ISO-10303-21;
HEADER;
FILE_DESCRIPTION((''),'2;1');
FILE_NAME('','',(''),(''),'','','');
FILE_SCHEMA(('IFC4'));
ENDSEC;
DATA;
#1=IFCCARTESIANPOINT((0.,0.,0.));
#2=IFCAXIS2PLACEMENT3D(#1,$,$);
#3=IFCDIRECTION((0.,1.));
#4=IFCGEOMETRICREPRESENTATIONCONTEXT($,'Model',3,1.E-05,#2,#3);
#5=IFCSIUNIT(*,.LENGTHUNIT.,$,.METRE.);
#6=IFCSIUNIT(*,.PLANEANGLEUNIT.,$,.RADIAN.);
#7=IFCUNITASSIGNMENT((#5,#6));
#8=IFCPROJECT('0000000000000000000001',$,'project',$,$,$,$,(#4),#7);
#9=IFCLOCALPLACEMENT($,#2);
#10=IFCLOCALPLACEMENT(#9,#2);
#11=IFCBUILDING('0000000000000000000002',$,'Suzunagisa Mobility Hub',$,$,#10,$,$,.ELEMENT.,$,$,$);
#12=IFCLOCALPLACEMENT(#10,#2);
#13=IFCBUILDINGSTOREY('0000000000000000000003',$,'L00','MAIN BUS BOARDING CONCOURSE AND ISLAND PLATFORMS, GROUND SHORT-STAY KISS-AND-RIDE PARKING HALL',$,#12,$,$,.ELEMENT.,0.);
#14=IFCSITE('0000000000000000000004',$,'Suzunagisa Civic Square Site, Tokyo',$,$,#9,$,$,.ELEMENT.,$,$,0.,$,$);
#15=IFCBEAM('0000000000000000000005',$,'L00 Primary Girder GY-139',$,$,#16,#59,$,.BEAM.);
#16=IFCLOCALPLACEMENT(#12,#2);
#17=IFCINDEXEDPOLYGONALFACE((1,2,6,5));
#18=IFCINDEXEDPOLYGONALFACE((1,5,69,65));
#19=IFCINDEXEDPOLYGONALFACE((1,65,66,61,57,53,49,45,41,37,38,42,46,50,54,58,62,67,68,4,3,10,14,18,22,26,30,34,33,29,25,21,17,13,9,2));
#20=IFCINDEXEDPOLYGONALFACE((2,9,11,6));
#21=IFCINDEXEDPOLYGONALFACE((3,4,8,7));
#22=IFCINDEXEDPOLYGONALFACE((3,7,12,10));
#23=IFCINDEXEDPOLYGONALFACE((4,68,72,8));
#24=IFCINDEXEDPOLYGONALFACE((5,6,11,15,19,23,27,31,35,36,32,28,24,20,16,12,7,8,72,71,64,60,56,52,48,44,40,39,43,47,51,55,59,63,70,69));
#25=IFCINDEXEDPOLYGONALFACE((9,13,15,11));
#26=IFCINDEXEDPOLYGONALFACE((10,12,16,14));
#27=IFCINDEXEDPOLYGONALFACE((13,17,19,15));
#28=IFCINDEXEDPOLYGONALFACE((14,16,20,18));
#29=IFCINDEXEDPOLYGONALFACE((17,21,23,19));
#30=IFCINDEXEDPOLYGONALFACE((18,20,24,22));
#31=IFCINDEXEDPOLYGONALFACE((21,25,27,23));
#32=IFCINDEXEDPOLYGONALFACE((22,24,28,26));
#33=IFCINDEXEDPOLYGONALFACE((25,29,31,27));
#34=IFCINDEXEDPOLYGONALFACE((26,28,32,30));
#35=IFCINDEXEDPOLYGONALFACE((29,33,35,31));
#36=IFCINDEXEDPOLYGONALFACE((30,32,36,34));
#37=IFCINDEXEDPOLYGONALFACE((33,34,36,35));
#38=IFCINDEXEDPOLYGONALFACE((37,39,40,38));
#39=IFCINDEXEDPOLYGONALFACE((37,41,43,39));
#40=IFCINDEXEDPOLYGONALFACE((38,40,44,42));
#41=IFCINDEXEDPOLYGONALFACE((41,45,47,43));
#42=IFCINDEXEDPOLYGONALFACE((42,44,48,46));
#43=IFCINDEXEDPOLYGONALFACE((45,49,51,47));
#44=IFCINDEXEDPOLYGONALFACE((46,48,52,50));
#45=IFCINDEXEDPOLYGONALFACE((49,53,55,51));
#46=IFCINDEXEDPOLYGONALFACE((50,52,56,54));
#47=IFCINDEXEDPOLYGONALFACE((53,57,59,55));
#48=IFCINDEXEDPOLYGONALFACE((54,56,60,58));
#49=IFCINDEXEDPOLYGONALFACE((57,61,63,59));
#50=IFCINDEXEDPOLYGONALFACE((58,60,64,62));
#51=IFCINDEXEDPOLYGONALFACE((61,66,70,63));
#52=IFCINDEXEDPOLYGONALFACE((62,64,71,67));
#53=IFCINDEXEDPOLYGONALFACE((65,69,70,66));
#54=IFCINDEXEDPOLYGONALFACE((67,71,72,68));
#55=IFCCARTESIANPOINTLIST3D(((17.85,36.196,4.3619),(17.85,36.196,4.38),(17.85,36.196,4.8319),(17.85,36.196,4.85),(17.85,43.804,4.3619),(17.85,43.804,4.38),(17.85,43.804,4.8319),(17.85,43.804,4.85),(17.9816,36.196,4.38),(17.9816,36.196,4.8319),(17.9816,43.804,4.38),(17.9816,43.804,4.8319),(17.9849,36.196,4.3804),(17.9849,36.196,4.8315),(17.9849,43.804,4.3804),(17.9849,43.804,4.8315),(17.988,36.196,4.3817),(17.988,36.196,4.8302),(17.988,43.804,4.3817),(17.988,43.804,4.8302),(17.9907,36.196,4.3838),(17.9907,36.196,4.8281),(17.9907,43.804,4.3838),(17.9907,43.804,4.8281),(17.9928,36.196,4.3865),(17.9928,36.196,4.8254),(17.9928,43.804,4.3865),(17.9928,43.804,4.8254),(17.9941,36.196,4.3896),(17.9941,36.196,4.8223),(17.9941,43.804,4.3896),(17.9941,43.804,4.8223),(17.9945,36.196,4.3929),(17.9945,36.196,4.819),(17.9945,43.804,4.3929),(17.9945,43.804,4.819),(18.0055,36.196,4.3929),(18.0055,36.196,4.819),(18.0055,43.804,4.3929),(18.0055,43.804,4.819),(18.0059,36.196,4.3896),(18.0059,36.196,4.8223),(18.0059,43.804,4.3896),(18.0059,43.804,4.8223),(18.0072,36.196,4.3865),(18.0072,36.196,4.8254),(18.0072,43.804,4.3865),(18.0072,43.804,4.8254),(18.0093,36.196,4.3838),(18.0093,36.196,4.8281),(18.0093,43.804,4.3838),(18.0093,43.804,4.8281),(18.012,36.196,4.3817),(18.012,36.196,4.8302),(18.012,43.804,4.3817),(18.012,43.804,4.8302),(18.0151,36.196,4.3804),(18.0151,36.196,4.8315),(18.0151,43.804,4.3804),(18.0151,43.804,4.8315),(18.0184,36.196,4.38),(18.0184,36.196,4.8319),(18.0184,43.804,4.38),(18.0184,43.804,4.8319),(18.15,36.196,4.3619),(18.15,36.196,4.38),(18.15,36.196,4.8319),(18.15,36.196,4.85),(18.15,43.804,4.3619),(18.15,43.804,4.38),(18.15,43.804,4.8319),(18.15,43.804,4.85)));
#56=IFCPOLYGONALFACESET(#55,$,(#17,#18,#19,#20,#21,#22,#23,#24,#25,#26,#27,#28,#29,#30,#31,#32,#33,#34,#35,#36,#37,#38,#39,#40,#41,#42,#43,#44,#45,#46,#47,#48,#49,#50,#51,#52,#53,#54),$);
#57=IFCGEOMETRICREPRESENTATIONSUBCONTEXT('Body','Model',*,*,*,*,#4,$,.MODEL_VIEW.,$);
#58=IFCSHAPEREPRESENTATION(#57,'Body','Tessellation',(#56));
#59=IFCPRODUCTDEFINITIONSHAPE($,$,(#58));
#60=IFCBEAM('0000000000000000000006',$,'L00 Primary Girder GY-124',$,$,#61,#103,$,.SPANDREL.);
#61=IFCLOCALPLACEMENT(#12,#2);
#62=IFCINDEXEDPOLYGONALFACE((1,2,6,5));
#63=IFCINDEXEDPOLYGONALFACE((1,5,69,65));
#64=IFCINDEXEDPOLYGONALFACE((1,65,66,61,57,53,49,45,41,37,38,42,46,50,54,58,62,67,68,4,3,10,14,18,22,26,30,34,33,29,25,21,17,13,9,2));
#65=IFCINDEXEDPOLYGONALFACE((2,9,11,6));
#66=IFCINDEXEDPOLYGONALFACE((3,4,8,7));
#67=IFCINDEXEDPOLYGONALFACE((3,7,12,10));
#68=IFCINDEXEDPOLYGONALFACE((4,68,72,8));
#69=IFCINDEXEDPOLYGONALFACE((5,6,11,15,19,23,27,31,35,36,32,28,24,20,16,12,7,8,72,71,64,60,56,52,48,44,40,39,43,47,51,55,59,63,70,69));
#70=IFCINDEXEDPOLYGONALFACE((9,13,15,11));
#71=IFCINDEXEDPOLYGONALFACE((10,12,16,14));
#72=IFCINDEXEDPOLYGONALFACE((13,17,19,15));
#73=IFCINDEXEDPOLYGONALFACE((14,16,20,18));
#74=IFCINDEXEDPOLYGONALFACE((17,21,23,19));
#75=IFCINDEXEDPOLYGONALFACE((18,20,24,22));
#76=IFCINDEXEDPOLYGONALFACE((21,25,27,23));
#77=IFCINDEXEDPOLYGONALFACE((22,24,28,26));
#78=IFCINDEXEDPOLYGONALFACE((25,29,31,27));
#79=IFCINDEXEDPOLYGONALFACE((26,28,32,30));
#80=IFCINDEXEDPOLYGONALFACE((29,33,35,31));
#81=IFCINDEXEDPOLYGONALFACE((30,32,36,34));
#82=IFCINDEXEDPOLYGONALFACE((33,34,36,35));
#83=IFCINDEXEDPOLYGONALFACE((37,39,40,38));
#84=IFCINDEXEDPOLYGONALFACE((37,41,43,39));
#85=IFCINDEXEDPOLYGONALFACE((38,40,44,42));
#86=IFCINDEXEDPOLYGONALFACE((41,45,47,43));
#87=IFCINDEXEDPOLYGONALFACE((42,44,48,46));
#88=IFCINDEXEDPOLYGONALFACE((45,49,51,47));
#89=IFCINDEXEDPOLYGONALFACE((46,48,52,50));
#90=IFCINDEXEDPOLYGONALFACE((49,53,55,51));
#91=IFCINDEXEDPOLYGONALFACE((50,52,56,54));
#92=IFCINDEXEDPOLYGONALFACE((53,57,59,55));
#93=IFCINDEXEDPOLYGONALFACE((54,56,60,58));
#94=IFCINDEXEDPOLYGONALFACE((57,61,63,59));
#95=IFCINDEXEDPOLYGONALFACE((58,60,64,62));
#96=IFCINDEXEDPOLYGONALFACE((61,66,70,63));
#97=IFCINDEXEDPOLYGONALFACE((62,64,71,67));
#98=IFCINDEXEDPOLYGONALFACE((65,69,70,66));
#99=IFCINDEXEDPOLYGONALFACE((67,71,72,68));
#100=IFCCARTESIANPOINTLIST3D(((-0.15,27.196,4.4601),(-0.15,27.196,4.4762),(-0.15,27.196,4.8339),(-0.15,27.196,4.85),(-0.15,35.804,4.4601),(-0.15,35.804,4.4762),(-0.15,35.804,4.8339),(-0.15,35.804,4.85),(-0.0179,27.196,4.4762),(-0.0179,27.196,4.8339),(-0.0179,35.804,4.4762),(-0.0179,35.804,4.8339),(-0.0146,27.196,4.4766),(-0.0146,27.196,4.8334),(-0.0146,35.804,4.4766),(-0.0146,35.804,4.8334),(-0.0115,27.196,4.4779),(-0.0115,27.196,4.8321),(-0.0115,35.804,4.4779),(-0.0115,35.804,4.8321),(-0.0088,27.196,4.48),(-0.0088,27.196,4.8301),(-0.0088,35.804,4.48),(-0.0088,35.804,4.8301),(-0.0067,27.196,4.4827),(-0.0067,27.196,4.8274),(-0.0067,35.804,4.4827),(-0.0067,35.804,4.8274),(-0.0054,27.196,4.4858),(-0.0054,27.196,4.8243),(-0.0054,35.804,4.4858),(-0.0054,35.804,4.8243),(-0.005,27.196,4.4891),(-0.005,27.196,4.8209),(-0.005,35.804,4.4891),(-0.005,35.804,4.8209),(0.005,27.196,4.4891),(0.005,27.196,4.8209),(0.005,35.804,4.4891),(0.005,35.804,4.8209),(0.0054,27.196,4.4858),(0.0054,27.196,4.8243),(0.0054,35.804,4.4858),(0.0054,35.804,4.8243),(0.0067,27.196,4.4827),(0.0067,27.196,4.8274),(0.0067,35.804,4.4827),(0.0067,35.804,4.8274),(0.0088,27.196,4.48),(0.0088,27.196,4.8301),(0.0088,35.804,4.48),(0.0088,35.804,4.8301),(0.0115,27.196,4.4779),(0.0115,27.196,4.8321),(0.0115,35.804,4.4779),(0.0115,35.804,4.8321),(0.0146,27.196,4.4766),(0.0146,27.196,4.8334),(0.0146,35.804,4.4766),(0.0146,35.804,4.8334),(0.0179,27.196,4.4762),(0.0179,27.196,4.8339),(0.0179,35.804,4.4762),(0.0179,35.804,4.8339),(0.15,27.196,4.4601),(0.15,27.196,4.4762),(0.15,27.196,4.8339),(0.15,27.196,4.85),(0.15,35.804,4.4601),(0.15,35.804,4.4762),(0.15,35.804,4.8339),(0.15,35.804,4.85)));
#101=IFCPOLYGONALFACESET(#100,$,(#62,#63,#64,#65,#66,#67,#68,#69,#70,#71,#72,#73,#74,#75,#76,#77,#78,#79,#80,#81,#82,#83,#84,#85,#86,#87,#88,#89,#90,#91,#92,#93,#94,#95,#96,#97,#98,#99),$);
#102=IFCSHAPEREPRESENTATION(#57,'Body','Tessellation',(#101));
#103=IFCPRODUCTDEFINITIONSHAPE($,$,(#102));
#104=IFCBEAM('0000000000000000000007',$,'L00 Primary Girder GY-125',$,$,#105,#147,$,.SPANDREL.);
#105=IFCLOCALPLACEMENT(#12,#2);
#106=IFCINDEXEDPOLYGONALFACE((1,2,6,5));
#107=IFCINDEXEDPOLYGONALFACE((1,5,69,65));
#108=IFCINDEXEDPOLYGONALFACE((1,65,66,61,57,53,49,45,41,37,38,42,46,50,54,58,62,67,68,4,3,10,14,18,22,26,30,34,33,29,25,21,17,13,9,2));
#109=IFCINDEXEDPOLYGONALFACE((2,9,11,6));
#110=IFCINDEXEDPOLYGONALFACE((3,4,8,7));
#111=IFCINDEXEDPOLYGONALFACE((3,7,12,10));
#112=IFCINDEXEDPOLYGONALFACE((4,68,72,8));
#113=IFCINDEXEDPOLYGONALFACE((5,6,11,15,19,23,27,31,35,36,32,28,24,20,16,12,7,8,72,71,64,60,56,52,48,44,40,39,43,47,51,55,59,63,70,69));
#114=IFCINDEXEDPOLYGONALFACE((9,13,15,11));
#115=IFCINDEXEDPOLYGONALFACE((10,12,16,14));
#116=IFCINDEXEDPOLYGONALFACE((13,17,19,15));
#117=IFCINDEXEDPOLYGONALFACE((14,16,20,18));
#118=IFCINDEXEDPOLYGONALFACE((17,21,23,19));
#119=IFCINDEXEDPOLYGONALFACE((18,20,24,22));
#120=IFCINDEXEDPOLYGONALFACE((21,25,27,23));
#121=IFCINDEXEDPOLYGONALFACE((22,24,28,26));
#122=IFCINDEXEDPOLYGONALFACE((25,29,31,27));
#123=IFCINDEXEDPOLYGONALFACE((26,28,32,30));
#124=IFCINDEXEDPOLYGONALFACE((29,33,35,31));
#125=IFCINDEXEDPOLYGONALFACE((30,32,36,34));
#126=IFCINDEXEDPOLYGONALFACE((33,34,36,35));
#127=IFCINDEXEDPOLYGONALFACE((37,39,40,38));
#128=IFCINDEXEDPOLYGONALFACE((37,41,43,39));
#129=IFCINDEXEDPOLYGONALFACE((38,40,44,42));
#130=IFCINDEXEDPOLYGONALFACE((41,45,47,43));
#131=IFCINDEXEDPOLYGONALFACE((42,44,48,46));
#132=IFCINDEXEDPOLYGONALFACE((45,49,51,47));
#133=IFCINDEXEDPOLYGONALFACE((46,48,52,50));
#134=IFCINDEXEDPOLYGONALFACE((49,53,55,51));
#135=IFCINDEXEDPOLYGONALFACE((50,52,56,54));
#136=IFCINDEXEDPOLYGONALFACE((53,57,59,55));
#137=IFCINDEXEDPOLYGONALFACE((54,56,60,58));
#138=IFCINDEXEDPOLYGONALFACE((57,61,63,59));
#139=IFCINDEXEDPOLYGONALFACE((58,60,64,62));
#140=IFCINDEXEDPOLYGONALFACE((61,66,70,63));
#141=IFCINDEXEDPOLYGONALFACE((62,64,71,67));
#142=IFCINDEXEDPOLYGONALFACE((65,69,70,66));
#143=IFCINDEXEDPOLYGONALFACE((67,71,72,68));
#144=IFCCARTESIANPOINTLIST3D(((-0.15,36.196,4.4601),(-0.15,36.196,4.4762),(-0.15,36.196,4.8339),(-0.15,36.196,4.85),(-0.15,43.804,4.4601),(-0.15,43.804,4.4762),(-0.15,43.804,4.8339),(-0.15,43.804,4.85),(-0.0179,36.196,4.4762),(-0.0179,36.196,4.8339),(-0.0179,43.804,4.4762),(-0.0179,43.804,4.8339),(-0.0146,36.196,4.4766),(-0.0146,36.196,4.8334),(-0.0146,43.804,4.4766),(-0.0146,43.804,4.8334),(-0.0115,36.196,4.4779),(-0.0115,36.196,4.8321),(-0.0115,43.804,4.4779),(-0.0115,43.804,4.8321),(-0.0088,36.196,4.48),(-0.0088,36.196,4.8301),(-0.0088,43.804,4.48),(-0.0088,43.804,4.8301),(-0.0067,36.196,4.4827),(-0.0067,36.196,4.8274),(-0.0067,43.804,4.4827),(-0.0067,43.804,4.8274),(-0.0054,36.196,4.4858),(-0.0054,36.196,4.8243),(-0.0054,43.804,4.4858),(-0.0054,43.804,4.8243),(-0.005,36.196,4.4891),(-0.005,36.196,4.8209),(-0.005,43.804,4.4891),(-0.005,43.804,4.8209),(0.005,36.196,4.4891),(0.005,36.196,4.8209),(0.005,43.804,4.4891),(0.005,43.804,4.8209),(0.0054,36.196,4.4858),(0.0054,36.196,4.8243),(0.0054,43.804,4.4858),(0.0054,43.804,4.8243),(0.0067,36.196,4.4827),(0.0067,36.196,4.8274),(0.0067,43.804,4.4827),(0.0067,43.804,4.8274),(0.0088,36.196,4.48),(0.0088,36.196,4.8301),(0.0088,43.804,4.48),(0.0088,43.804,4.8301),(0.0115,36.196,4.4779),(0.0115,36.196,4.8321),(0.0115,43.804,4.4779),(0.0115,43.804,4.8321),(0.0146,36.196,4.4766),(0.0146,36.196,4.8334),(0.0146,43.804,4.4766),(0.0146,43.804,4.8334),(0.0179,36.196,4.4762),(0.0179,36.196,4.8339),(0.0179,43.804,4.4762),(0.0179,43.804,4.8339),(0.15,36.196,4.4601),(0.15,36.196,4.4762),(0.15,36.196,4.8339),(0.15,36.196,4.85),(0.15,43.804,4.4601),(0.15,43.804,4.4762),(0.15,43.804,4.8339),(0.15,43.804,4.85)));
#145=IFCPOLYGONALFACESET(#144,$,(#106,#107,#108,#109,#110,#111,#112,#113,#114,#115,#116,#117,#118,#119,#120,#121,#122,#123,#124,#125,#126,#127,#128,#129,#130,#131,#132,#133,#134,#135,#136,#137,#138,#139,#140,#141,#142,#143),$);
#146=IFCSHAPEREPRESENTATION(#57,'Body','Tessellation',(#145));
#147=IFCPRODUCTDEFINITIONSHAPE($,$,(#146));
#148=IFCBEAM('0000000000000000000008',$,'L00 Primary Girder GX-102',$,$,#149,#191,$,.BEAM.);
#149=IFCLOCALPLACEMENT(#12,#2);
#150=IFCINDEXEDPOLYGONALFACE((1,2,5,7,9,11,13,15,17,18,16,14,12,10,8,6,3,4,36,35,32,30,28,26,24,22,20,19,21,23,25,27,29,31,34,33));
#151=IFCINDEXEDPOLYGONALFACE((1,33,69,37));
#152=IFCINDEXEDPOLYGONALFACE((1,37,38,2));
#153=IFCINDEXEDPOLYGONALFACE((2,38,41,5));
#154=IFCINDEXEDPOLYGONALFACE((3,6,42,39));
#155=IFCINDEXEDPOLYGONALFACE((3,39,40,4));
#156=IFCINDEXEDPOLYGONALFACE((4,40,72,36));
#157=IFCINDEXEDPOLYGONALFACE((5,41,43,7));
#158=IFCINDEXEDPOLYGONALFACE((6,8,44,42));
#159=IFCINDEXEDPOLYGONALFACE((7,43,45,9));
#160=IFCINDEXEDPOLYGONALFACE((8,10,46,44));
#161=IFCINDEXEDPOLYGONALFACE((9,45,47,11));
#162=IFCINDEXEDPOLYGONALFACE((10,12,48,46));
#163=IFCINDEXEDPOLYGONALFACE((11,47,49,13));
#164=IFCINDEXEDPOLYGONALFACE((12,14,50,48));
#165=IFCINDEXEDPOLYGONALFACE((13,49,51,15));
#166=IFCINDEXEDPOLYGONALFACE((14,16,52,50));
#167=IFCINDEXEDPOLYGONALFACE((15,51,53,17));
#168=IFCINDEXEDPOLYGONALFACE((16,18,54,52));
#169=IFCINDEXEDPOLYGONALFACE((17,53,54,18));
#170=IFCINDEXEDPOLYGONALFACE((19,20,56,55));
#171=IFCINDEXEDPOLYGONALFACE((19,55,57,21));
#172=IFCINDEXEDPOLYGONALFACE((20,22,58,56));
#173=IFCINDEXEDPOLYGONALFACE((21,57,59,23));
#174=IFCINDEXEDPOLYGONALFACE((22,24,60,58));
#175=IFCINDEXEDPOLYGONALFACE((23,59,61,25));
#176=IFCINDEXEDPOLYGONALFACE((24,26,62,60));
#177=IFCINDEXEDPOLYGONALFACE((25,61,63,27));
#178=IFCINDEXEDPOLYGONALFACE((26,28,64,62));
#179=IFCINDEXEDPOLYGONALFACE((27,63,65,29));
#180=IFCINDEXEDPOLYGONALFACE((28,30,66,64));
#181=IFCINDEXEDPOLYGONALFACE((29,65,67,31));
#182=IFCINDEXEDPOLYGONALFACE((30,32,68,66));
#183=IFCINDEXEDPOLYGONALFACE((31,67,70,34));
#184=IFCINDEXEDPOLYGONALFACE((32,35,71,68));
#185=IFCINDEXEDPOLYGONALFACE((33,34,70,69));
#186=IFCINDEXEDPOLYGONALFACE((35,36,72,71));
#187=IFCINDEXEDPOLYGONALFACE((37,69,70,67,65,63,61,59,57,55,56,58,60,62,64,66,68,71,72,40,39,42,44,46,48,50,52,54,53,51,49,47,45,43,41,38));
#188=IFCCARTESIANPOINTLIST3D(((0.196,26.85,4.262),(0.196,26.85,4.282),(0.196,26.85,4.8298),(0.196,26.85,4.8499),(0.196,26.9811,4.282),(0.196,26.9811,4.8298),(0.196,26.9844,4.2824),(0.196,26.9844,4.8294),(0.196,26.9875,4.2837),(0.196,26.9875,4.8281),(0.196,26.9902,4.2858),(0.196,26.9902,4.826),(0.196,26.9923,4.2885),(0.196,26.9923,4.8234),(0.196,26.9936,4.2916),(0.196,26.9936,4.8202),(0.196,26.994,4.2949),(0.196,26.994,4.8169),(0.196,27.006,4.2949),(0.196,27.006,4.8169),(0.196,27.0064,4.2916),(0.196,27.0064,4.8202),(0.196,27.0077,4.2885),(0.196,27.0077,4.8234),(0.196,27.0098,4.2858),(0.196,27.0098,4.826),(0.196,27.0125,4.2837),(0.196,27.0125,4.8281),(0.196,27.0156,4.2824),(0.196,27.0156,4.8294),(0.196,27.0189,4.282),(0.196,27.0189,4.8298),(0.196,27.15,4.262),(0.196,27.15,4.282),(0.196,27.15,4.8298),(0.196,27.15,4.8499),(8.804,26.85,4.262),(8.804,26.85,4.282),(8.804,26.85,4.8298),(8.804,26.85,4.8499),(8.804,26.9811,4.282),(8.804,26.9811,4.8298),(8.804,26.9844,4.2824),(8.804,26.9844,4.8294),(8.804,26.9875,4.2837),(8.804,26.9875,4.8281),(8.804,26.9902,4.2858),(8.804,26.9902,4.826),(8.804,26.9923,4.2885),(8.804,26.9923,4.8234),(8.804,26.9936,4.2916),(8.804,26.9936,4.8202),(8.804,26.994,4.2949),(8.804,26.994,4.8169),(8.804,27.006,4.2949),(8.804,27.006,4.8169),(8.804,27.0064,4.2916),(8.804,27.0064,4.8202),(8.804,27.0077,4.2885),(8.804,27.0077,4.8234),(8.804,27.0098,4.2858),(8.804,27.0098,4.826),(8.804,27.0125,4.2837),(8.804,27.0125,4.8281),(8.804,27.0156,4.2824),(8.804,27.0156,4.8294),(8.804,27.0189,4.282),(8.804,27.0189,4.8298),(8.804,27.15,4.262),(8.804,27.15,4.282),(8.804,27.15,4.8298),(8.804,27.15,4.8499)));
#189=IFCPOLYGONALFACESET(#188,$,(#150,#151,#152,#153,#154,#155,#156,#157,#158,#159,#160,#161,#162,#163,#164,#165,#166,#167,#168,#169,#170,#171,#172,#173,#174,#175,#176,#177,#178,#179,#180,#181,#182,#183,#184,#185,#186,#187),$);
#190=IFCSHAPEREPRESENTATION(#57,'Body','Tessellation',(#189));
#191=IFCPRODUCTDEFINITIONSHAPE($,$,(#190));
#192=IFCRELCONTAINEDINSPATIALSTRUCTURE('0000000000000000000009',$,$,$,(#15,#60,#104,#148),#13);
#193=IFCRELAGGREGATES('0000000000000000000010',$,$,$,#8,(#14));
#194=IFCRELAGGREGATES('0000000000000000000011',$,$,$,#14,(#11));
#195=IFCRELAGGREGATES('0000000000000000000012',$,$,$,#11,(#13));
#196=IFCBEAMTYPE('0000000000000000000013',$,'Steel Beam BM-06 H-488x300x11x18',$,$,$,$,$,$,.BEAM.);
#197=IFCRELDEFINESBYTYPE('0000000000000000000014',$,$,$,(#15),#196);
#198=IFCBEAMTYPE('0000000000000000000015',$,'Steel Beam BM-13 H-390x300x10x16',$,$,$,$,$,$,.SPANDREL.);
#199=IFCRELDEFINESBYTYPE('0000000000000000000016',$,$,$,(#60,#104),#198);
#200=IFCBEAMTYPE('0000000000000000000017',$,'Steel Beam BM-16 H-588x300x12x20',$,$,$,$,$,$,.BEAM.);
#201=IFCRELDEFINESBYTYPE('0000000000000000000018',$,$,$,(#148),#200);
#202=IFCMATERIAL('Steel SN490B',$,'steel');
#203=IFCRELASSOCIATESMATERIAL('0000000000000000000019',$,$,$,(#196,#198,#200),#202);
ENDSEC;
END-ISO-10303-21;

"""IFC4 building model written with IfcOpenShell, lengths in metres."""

from ifc_helpers import new_model, si_unit, direction, frame, origin, origin_2d, place, context, subcontext, project, spatial, i_section, extrude, material, material_profile, profile_set, type_object, element, save


model = new_model("IFC4")

# Units and contexts
model_context = context("Model", 3, precision=1e-05, world=origin(), true_north=direction((0.0, 1.0)))
body_context = subcontext(model_context, "Body", "Model", "MODEL_VIEW")
ifc_project = project(units=[si_unit("LENGTHUNIT", "METRE"), si_unit("PLANEANGLEUNIT", "RADIAN")], contexts=[model_context])

# Site, building, storey
site_placement = place(None, origin())
site = spatial("IfcSite", under=ifc_project, at=site_placement, Name="Suzunagisa Civic Square Site, Tokyo", CompositionType="ELEMENT", RefElevation=0.0)
building_placement = place(site_placement, origin())
building = spatial("IfcBuilding", under=site, at=building_placement, Name="Suzunagisa Mobility Hub", CompositionType="ELEMENT")
storey_placement = place(building_placement, origin())
storey = spatial("IfcBuildingStorey", under=building, at=storey_placement, Name="L00", Description="MAIN BUS BOARDING CONCOURSE AND ISLAND PLATFORMS, GROUND SHORT-STAY KISS-AND-RIDE PARKING HALL", CompositionType="ELEMENT", Elevation=0.0)

# Shared definitions
ifc_material_1 = material(Name="Steel SN490B", Category="steel")

# Beams
ifc_material_profile_1 = material_profile(ifc_material_1, i_section(OverallWidth=0.3, OverallDepth=0.488, WebThickness=0.011, FlangeThickness=0.0181, FilletRadius=0.0129, at=origin_2d()), Name="H-488x300x11x18")
ifc_profile_set_1 = profile_set([ifc_material_profile_1], Name="Steel SN490B")
beam_type_1 = type_object("IfcBeamType", Name="Steel Beam BM-06 H-488x300x11x18", PredefinedType="BEAM", material=ifc_profile_set_1)
beam_1_placement = place(storey_placement, frame((18.0, 36.196, 4.606), z_axis=(0.0, 1.0, 0.0), x_axis=(-1.0, 0.0, 0.0)))
element("IfcBeam", 1, at=beam_1_placement, inside=storey, type_object=beam_type_1, Name="L00 Primary Girder GY-139", PredefinedType="BEAM", context=body_context, shape_type="SweptSolid", body=[
    extrude(i_section(OverallWidth=0.3, OverallDepth=0.488, WebThickness=0.011, FlangeThickness=0.0181, FilletRadius=0.0129, at=origin_2d()), origin(), (0.0, 0.0, 1.0), 7.6079),
])
ifc_material_profile_2 = material_profile(ifc_material_1, i_section(OverallWidth=0.3, OverallDepth=0.3899, WebThickness=0.01, FlangeThickness=0.0161, FilletRadius=0.0129, at=origin_2d()), Name="H-390x300x10x16")
ifc_profile_set_2 = profile_set([ifc_material_profile_2], Name="Steel SN490B")
beam_type_2 = type_object("IfcBeamType", Name="Steel Beam BM-13 H-390x300x10x16", PredefinedType="SPANDREL", material=ifc_profile_set_2)
beam_2_placement = place(storey_placement, frame((0.0, 27.196, 4.655), z_axis=(0.0, 1.0, 0.0), x_axis=(-1.0, 0.0, 0.0)))
element("IfcBeam", 2, at=beam_2_placement, inside=storey, type_object=beam_type_2, Name="L00 Primary Girder GY-124", PredefinedType="SPANDREL", context=body_context, shape_type="SweptSolid", body=[
    extrude(i_section(OverallWidth=0.3, OverallDepth=0.3899, WebThickness=0.01, FlangeThickness=0.0161, FilletRadius=0.0129, at=origin_2d()), origin(), (0.0, 0.0, 1.0), 8.6079),
])
beam_3_placement = place(storey_placement, frame((0.0, 36.196, 4.655), z_axis=(0.0, 1.0, 0.0), x_axis=(-1.0, 0.0, 0.0)))
element("IfcBeam", 3, at=beam_3_placement, inside=storey, type_object=beam_type_2, Name="L00 Primary Girder GY-125", PredefinedType="SPANDREL", context=body_context, shape_type="SweptSolid", body=[
    extrude(i_section(OverallWidth=0.3, OverallDepth=0.3899, WebThickness=0.01, FlangeThickness=0.0161, FilletRadius=0.0129, at=origin_2d()), origin(), (0.0, 0.0, 1.0), 7.6079),
])
ifc_material_profile_3 = material_profile(ifc_material_1, i_section(OverallWidth=0.3, OverallDepth=0.5879, WebThickness=0.012, FlangeThickness=0.02, FilletRadius=0.0129, at=origin_2d()), Name="H-588x300x12x20")
ifc_profile_set_3 = profile_set([ifc_material_profile_3], Name="Steel SN490B")
beam_type_3 = type_object("IfcBeamType", Name="Steel Beam BM-16 H-588x300x12x20", PredefinedType="BEAM", material=ifc_profile_set_3)
for number, where, z_axis, x_axis, name in (
    (4, (0.196, 27.0, 4.5559), (1.0, 0.0, 0.0), (0.0, 1.0, 0.0), "L00 Primary Girder GX-102"),
):
    element("IfcBeam", number, at=place(storey_placement, frame(where, z_axis=z_axis, x_axis=x_axis)), inside=storey, type_object=beam_type_3, Name=name, PredefinedType="BEAM", context=body_context, shape_type="SweptSolid", body=[
        extrude(i_section(OverallWidth=0.3, OverallDepth=0.5879, WebThickness=0.012, FlangeThickness=0.02, FilletRadius=0.0129, at=origin_2d()), origin(), (0.0, 0.0, 1.0), 8.6079),
    ])

save(model, "model.ifc")
